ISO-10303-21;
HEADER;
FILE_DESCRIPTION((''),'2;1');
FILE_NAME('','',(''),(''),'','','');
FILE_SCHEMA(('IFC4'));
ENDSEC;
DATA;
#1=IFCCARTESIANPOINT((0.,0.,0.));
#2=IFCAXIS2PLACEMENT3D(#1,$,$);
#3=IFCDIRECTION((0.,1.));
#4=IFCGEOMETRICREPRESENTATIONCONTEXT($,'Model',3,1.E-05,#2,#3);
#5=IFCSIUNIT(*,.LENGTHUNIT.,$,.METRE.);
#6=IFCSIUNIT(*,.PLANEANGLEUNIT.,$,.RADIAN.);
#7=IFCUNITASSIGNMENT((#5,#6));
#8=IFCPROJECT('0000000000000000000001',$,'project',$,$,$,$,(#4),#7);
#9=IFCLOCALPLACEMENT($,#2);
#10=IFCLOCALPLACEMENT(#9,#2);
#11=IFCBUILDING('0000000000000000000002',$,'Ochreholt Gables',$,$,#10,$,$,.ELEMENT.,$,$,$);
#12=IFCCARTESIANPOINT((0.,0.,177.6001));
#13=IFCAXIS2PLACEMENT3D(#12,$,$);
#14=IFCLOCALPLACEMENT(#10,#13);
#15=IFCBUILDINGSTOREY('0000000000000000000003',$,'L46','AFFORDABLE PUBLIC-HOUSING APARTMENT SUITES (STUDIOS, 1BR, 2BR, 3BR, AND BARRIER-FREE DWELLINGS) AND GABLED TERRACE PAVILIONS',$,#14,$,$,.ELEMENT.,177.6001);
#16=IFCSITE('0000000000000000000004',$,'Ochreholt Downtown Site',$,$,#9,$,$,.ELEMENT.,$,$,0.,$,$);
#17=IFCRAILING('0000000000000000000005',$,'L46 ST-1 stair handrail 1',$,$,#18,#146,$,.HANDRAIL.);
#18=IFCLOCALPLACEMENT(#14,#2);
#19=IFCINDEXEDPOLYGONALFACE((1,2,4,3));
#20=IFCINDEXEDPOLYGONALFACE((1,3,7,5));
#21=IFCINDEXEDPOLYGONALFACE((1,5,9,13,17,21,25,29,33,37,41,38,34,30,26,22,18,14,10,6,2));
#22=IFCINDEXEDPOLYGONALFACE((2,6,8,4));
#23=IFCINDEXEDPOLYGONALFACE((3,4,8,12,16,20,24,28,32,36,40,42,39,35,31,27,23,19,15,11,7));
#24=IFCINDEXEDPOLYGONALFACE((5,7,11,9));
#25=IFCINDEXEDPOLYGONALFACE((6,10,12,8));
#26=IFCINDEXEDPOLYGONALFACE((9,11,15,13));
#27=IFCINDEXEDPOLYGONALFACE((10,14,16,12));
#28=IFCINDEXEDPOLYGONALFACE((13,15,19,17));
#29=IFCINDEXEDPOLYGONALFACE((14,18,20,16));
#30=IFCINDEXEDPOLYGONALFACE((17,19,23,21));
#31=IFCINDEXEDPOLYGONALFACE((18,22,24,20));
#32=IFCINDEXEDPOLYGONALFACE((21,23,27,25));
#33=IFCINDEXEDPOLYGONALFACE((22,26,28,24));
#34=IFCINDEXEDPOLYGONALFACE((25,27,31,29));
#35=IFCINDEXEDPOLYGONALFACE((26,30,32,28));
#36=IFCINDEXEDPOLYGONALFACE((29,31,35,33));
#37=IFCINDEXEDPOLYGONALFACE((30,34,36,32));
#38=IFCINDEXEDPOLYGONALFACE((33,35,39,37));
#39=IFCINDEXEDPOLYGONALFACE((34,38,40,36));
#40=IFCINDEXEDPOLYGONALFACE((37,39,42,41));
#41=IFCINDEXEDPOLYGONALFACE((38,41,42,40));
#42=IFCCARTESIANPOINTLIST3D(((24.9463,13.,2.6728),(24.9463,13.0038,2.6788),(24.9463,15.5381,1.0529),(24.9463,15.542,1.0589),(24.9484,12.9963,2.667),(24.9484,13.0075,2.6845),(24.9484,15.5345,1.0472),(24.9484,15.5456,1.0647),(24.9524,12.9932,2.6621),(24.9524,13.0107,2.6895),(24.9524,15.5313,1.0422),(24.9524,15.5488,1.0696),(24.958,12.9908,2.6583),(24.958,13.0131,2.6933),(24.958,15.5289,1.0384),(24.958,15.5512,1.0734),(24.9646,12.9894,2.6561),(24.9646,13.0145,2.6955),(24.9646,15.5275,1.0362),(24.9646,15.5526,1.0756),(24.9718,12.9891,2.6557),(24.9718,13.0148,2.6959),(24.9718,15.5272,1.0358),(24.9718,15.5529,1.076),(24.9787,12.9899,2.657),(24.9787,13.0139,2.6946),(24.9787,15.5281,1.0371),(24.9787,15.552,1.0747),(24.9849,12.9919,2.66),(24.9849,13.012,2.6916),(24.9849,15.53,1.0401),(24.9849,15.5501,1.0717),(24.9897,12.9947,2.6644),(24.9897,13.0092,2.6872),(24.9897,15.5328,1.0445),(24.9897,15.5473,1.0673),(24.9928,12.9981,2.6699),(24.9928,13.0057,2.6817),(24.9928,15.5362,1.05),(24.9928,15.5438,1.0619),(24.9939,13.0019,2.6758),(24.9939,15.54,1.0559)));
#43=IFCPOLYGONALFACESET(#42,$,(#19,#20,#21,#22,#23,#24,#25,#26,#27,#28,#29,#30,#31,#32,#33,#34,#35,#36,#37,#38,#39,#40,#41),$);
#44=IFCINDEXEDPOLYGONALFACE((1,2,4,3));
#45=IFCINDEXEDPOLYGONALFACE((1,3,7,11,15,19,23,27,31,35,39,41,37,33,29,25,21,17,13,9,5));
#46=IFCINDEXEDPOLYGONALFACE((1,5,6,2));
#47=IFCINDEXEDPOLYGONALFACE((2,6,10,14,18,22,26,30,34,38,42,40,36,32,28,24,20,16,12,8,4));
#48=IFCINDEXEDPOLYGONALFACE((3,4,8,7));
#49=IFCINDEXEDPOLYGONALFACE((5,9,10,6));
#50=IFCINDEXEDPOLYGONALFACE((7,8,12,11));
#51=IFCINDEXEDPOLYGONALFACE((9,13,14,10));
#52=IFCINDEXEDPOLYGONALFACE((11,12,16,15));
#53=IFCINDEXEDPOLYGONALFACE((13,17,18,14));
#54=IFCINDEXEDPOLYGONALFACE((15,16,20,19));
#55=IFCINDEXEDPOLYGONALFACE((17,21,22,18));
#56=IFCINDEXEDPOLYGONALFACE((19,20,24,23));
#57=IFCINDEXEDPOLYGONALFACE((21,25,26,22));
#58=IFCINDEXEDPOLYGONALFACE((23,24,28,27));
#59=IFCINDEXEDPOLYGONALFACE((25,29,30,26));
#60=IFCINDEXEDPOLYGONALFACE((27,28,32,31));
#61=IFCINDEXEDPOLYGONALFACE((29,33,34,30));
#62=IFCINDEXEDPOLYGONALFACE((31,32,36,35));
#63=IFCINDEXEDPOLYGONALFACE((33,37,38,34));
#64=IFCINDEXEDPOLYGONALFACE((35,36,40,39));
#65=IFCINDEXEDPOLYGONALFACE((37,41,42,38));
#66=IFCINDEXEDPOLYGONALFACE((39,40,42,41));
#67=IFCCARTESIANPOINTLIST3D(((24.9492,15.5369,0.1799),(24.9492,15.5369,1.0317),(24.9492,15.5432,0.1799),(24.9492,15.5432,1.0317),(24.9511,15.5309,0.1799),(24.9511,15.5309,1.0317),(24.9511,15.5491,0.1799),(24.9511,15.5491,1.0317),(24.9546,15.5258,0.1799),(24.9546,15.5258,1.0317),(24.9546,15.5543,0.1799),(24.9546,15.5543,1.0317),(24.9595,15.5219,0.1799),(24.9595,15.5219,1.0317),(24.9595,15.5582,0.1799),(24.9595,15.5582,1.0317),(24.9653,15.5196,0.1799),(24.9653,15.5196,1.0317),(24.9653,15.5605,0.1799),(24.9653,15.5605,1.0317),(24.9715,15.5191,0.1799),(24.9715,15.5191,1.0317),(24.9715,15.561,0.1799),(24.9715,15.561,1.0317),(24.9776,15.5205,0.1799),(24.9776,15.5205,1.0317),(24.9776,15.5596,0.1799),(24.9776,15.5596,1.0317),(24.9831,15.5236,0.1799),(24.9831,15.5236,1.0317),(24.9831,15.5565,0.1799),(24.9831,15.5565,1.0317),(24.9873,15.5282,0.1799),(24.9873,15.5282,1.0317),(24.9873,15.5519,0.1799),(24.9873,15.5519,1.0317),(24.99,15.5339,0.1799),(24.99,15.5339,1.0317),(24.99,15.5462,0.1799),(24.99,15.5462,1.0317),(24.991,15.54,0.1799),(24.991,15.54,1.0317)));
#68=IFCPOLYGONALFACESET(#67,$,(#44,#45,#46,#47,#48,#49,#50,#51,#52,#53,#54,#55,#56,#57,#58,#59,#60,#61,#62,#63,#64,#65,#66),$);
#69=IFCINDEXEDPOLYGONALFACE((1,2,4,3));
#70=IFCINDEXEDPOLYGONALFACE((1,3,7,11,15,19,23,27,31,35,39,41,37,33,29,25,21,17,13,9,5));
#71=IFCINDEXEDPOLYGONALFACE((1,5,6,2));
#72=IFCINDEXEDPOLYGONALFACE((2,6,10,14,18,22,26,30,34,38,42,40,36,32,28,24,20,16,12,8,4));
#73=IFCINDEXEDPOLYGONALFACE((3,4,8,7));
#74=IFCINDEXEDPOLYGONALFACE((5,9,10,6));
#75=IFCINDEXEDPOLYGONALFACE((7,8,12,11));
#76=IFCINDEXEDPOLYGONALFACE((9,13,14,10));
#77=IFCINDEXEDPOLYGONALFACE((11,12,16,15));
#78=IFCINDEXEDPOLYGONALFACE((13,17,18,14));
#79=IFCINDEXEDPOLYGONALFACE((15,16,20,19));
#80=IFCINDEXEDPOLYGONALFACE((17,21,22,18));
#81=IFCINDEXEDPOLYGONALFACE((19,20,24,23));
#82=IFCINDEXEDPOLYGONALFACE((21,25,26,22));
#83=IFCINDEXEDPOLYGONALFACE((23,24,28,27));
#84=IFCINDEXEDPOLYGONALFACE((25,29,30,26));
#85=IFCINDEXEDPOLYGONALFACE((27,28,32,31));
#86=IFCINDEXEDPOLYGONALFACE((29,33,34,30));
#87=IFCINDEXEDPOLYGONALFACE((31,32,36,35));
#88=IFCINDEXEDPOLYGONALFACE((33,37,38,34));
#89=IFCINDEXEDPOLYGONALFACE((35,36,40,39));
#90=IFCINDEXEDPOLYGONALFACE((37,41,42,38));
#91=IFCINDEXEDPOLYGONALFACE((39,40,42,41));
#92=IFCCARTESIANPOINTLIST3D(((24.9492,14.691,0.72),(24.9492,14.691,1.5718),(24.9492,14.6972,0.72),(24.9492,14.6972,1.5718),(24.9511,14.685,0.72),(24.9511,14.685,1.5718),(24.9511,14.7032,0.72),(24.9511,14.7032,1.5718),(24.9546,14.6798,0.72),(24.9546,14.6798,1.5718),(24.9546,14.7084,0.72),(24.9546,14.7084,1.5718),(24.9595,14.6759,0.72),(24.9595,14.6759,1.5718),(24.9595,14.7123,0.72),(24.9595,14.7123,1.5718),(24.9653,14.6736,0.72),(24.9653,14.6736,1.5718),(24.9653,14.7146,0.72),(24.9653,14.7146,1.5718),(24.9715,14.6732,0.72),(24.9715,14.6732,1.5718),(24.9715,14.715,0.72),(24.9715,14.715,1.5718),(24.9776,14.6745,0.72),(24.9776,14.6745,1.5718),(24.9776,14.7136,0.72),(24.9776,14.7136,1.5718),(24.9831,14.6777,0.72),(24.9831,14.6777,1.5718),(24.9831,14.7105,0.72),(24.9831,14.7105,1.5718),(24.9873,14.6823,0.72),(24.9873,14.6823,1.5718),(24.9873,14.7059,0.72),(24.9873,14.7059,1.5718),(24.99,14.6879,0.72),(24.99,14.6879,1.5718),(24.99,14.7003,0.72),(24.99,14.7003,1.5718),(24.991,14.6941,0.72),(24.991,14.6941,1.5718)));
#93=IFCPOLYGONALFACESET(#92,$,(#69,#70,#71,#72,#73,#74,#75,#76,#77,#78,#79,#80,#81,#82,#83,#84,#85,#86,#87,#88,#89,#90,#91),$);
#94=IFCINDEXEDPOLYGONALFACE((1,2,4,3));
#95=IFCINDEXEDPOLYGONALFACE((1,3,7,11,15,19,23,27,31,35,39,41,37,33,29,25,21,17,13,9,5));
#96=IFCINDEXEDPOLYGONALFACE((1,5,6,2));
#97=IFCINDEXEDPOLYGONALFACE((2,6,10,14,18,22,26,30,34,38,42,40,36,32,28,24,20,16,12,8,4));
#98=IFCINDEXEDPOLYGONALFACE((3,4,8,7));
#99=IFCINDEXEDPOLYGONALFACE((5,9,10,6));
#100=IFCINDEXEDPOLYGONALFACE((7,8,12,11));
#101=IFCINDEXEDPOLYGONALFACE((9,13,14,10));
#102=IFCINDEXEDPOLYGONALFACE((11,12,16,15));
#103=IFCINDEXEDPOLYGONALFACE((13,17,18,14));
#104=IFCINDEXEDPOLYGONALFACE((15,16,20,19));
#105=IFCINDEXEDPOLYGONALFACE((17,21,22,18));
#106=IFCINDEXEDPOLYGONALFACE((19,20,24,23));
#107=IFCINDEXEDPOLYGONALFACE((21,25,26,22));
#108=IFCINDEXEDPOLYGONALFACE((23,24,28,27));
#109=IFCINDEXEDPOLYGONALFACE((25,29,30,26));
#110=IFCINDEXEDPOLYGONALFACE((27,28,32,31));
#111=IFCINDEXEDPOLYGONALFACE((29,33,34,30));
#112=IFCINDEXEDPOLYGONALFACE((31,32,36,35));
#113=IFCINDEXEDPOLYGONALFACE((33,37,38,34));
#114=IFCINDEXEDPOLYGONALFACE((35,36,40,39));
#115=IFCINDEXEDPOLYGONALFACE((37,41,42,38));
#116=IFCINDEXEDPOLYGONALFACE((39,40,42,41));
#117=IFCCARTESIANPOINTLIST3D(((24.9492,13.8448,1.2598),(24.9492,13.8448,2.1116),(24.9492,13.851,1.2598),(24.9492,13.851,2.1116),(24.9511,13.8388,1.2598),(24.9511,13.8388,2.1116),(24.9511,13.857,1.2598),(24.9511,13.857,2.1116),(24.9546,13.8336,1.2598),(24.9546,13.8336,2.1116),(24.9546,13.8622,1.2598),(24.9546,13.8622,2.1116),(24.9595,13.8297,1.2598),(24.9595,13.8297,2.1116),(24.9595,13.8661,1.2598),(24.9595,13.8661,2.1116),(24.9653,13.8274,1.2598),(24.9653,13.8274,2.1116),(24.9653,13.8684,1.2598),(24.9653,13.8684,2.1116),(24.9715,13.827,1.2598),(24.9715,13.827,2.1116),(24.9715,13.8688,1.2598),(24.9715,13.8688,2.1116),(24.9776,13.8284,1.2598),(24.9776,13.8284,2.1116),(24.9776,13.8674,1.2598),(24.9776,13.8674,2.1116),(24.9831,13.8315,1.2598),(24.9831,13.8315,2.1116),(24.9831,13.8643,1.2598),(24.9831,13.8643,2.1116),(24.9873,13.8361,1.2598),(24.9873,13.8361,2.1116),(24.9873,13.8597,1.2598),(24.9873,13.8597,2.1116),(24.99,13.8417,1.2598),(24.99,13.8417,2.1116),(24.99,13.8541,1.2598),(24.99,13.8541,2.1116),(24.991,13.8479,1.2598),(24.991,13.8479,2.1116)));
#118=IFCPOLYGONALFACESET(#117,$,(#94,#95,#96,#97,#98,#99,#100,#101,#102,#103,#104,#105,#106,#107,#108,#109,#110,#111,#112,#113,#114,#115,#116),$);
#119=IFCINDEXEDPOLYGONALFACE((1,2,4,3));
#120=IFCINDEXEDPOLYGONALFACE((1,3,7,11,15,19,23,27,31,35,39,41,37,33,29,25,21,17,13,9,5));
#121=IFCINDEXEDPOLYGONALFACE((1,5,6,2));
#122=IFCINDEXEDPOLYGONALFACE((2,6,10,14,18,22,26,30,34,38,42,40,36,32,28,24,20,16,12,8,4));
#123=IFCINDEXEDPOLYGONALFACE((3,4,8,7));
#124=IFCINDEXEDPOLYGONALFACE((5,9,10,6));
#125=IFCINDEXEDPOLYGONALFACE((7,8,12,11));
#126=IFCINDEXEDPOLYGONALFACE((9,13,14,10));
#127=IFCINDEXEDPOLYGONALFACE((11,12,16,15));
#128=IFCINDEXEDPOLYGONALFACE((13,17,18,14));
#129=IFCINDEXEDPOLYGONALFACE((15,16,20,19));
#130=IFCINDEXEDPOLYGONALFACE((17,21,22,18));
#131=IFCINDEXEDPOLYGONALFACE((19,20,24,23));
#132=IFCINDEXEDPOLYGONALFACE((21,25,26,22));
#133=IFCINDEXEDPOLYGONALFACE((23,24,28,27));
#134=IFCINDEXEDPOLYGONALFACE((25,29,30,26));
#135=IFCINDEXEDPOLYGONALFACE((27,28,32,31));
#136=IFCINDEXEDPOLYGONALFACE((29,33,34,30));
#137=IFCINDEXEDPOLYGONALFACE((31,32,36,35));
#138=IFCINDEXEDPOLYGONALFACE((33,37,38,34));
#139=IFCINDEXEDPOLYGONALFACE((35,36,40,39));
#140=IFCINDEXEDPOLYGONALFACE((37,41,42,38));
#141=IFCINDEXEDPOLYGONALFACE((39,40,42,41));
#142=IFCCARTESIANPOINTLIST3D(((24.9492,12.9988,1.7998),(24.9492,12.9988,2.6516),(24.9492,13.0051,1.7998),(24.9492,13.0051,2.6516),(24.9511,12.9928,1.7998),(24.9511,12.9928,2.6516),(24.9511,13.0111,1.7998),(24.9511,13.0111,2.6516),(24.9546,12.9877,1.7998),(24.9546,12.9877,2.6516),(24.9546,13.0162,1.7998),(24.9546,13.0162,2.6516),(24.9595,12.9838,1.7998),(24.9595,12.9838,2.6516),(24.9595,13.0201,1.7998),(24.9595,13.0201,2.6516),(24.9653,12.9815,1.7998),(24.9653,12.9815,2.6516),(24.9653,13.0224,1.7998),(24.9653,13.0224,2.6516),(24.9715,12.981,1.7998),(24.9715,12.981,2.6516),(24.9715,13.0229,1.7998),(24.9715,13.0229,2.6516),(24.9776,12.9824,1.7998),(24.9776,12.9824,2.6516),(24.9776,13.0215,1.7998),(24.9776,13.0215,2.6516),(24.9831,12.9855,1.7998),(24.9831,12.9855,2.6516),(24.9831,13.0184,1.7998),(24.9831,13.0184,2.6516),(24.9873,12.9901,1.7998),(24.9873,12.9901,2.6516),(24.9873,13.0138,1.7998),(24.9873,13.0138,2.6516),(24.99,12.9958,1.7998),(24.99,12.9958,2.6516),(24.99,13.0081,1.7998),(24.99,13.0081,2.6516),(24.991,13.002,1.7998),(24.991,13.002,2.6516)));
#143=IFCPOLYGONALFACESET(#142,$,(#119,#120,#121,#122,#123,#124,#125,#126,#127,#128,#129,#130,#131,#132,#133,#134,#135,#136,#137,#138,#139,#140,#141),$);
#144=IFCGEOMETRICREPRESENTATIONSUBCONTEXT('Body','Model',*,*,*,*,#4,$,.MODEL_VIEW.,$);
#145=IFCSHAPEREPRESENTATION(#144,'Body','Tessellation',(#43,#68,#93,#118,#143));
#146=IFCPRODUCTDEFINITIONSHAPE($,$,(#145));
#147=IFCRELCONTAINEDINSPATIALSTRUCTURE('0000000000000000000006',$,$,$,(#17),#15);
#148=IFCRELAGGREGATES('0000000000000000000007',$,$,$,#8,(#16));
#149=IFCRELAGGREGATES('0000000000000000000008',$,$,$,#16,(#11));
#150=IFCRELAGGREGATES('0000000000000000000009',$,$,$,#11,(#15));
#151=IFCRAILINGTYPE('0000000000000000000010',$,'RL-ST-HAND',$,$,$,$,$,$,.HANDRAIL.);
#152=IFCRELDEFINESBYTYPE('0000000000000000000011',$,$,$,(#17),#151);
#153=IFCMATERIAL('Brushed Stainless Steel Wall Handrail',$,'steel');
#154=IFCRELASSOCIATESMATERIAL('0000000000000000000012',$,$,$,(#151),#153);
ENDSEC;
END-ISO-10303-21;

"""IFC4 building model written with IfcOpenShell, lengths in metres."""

from ifc_helpers import new_model, si_unit, direction, frame, origin, origin_2d, place, context, subcontext, project, spatial, circle, extrude, material, type_object, element, save


model = new_model("IFC4")

# Units and contexts
model_context = context("Model", 3, precision=1e-05, world=origin(), true_north=direction((0.0, 1.0)))
body_context = subcontext(model_context, "Body", "Model", "MODEL_VIEW")
ifc_project = project(units=[si_unit("LENGTHUNIT", "METRE"), si_unit("PLANEANGLEUNIT", "RADIAN")], contexts=[model_context])

# Site, building, storey
site_placement = place(None, origin())
site = spatial("IfcSite", under=ifc_project, at=site_placement, Name="Ochreholt Downtown Site", CompositionType="ELEMENT", RefElevation=0.0)
building_placement = place(site_placement, origin())
building = spatial("IfcBuilding", under=site, at=building_placement, Name="Ochreholt Gables", CompositionType="ELEMENT")
storey_placement = place(building_placement, frame((0.0, 0.0, 177.6001)))
storey = spatial("IfcBuildingStorey", under=building, at=storey_placement, Name="L46", Description="AFFORDABLE PUBLIC-HOUSING APARTMENT SUITES (STUDIOS, 1BR, 2BR, 3BR, AND BARRIER-FREE DWELLINGS) AND GABLED TERRACE PAVILIONS", CompositionType="ELEMENT", Elevation=177.6001)

# Railing
ifc_material_1 = material(Name="Brushed Stainless Steel Wall Handrail", Category="steel")
railing_type_1 = type_object("IfcRailingType", Name="RL-ST-HAND", PredefinedType="HANDRAIL", material=ifc_material_1)
railing_1_placement = place(storey_placement, frame((24.97, 15.54, 0.1799)))
element("IfcRailing", 1, at=railing_1_placement, inside=storey, type_object=railing_type_1, Name="L46 ST-1 stair handrail 1", PredefinedType="HANDRAIL", context=body_context, shape_type="SweptSolid", body=[
    extrude(circle(Radius=0.0239, at=origin_2d()), frame((0.0, 0.0, 0.876), z_axis=(0.0, -0.84295, 0.537993), x_axis=(1.0, 0.0, 0.0)), (0.0, 0.0, 1.0), 3.011),
    extrude(circle(Radius=0.021, at=origin_2d()), origin(), (0.0, 0.0, 1.0), 0.8518),
    extrude(circle(Radius=0.021, at=origin_2d()), frame((0.0, -0.8459, 0.54)), (0.0, 0.0, 1.0), 0.8518),
    extrude(circle(Radius=0.021, at=origin_2d()), frame((0.0, -1.6921, 1.0798)), (0.0, 0.0, 1.0), 0.8518),
    extrude(circle(Radius=0.021, at=origin_2d()), frame((0.0, -2.5381, 1.6199)), (0.0, 0.0, 1.0), 0.8518),
])

save(model, "model.ifc")
